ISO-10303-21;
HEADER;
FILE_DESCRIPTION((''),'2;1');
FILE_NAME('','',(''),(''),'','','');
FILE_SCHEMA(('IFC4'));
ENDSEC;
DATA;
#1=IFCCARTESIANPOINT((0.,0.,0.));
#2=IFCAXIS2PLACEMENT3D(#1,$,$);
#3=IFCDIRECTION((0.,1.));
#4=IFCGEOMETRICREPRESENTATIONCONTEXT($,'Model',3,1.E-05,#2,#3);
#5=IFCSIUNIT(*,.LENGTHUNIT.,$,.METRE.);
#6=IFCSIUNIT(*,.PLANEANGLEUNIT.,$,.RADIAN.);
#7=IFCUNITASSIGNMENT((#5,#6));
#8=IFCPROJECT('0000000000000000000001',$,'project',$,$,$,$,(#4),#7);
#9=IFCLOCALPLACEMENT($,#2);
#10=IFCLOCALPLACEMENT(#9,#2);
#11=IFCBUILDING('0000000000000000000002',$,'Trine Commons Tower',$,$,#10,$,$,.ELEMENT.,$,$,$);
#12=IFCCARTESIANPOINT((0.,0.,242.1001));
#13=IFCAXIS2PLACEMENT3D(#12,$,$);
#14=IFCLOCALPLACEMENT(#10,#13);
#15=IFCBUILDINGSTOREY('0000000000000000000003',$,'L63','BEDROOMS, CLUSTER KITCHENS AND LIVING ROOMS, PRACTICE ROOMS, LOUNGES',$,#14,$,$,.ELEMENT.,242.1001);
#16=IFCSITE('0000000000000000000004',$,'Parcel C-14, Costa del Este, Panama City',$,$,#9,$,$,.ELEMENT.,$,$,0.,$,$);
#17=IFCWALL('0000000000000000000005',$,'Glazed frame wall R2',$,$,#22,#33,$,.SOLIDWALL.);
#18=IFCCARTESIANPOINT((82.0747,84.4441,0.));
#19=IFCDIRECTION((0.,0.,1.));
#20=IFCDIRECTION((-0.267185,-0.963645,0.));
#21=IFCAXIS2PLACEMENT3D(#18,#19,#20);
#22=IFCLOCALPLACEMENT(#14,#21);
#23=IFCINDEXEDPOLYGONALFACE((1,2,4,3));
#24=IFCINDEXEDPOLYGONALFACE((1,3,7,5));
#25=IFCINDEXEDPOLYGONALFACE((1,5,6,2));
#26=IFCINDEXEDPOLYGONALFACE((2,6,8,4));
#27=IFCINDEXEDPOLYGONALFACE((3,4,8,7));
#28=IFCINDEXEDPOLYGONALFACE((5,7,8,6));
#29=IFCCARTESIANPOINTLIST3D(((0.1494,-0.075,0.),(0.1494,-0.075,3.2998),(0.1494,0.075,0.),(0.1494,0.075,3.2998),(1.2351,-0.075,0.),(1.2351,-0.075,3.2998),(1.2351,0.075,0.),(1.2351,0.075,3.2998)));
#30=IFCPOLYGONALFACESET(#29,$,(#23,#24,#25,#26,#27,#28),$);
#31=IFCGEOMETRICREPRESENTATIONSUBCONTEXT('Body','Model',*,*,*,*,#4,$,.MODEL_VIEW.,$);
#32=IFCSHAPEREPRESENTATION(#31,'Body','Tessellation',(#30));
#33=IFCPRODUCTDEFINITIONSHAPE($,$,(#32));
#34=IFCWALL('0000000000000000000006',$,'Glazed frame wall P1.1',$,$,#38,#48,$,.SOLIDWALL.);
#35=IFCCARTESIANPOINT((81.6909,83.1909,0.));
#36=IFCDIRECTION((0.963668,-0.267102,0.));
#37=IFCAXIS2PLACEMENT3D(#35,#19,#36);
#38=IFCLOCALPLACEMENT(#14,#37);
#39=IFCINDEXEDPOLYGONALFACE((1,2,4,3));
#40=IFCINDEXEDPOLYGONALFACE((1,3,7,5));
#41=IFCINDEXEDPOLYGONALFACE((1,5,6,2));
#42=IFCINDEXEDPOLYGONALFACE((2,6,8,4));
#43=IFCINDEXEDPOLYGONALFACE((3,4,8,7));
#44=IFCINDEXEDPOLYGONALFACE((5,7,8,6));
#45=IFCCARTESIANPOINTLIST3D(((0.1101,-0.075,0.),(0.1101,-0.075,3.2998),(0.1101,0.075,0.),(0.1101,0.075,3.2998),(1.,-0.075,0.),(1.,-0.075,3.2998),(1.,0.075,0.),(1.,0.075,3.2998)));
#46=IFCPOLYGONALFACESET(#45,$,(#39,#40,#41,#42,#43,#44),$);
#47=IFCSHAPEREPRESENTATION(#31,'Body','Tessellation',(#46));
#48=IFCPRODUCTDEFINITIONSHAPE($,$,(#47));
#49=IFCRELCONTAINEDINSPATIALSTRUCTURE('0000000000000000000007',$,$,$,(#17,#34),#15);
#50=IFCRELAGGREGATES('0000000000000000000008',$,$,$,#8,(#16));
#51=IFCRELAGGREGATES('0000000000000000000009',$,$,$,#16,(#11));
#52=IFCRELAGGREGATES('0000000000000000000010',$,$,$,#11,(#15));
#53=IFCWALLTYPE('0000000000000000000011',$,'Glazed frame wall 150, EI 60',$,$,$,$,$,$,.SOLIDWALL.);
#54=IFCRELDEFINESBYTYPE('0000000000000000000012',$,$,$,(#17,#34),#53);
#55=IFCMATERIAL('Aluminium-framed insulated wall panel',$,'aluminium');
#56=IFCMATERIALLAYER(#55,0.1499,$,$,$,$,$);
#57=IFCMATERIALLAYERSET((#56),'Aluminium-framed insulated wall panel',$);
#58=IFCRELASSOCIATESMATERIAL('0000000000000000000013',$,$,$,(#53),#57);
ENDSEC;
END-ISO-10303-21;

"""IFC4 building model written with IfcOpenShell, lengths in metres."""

from ifc_helpers import new_model, si_unit, direction, frame, origin, place, context, subcontext, project, spatial, polyline, outline, extrude, material, layer, layer_set, type_object, element, save


model = new_model("IFC4")

# Units and contexts
model_context = context("Model", 3, precision=1e-05, world=origin(), true_north=direction((0.0, 1.0)))
body_context = subcontext(model_context, "Body", "Model", "MODEL_VIEW")
ifc_project = project(units=[si_unit("LENGTHUNIT", "METRE"), si_unit("PLANEANGLEUNIT", "RADIAN")], contexts=[model_context])

# Site, building, storey
site_placement = place(None, origin())
site = spatial("IfcSite", under=ifc_project, at=site_placement, Name="Parcel C-14, Costa del Este, Panama City", CompositionType="ELEMENT", RefElevation=0.0)
building_placement = place(site_placement, origin())
building = spatial("IfcBuilding", under=site, at=building_placement, Name="Trine Commons Tower", CompositionType="ELEMENT")
storey_placement = place(building_placement, frame((0.0, 0.0, 242.1001)))
storey = spatial("IfcBuildingStorey", under=building, at=storey_placement, Name="L63", Description="BEDROOMS, CLUSTER KITCHENS AND LIVING ROOMS, PRACTICE ROOMS, LOUNGES", CompositionType="ELEMENT", Elevation=242.1001)

# Walls
ifc_material_1 = material(Name="Aluminium-framed insulated wall panel", Category="aluminium")
ifc_layer_1 = layer(ifc_material_1, 0.1499)
ifc_layer_set_1 = layer_set([ifc_layer_1], Name="Aluminium-framed insulated wall panel")
wall_type_1 = type_object("IfcWallType", Name="Glazed frame wall 150, EI 60", PredefinedType="SOLIDWALL", material=ifc_layer_set_1)
wall_1_placement = place(storey_placement, frame((82.0747, 84.4441, 0.0), z_axis=(0.0, 0.0, 1.0), x_axis=(-0.267185, -0.963645, 0.0)))
element("IfcWall", 1, at=wall_1_placement, inside=storey, type_object=wall_type_1, Name="Glazed frame wall R2", PredefinedType="SOLIDWALL", context=body_context, shape_type="SweptSolid", body=[
    extrude(outline(polyline([(0.1494, 0.075), (0.1494, -0.075), (1.2351, -0.075), (1.2351, 0.075), (0.1494, 0.075)])), origin(), (0.0, 0.0, 1.0), 3.2998),
])
wall_2_placement = place(storey_placement, frame((81.6909, 83.1909, 0.0), z_axis=(0.0, 0.0, 1.0), x_axis=(0.963668, -0.267102, 0.0)))
element("IfcWall", 2, at=wall_2_placement, inside=storey, type_object=wall_type_1, Name="Glazed frame wall P1.1", PredefinedType="SOLIDWALL", context=body_context, shape_type="SweptSolid", body=[
    extrude(outline(polyline([(0.1101, -0.075), (1.0, -0.075), (1.0, 0.075), (0.1101, 0.075), (0.1101, -0.075)])), origin(), (0.0, 0.0, 1.0), 3.2998),
])

save(model, "model.ifc")
